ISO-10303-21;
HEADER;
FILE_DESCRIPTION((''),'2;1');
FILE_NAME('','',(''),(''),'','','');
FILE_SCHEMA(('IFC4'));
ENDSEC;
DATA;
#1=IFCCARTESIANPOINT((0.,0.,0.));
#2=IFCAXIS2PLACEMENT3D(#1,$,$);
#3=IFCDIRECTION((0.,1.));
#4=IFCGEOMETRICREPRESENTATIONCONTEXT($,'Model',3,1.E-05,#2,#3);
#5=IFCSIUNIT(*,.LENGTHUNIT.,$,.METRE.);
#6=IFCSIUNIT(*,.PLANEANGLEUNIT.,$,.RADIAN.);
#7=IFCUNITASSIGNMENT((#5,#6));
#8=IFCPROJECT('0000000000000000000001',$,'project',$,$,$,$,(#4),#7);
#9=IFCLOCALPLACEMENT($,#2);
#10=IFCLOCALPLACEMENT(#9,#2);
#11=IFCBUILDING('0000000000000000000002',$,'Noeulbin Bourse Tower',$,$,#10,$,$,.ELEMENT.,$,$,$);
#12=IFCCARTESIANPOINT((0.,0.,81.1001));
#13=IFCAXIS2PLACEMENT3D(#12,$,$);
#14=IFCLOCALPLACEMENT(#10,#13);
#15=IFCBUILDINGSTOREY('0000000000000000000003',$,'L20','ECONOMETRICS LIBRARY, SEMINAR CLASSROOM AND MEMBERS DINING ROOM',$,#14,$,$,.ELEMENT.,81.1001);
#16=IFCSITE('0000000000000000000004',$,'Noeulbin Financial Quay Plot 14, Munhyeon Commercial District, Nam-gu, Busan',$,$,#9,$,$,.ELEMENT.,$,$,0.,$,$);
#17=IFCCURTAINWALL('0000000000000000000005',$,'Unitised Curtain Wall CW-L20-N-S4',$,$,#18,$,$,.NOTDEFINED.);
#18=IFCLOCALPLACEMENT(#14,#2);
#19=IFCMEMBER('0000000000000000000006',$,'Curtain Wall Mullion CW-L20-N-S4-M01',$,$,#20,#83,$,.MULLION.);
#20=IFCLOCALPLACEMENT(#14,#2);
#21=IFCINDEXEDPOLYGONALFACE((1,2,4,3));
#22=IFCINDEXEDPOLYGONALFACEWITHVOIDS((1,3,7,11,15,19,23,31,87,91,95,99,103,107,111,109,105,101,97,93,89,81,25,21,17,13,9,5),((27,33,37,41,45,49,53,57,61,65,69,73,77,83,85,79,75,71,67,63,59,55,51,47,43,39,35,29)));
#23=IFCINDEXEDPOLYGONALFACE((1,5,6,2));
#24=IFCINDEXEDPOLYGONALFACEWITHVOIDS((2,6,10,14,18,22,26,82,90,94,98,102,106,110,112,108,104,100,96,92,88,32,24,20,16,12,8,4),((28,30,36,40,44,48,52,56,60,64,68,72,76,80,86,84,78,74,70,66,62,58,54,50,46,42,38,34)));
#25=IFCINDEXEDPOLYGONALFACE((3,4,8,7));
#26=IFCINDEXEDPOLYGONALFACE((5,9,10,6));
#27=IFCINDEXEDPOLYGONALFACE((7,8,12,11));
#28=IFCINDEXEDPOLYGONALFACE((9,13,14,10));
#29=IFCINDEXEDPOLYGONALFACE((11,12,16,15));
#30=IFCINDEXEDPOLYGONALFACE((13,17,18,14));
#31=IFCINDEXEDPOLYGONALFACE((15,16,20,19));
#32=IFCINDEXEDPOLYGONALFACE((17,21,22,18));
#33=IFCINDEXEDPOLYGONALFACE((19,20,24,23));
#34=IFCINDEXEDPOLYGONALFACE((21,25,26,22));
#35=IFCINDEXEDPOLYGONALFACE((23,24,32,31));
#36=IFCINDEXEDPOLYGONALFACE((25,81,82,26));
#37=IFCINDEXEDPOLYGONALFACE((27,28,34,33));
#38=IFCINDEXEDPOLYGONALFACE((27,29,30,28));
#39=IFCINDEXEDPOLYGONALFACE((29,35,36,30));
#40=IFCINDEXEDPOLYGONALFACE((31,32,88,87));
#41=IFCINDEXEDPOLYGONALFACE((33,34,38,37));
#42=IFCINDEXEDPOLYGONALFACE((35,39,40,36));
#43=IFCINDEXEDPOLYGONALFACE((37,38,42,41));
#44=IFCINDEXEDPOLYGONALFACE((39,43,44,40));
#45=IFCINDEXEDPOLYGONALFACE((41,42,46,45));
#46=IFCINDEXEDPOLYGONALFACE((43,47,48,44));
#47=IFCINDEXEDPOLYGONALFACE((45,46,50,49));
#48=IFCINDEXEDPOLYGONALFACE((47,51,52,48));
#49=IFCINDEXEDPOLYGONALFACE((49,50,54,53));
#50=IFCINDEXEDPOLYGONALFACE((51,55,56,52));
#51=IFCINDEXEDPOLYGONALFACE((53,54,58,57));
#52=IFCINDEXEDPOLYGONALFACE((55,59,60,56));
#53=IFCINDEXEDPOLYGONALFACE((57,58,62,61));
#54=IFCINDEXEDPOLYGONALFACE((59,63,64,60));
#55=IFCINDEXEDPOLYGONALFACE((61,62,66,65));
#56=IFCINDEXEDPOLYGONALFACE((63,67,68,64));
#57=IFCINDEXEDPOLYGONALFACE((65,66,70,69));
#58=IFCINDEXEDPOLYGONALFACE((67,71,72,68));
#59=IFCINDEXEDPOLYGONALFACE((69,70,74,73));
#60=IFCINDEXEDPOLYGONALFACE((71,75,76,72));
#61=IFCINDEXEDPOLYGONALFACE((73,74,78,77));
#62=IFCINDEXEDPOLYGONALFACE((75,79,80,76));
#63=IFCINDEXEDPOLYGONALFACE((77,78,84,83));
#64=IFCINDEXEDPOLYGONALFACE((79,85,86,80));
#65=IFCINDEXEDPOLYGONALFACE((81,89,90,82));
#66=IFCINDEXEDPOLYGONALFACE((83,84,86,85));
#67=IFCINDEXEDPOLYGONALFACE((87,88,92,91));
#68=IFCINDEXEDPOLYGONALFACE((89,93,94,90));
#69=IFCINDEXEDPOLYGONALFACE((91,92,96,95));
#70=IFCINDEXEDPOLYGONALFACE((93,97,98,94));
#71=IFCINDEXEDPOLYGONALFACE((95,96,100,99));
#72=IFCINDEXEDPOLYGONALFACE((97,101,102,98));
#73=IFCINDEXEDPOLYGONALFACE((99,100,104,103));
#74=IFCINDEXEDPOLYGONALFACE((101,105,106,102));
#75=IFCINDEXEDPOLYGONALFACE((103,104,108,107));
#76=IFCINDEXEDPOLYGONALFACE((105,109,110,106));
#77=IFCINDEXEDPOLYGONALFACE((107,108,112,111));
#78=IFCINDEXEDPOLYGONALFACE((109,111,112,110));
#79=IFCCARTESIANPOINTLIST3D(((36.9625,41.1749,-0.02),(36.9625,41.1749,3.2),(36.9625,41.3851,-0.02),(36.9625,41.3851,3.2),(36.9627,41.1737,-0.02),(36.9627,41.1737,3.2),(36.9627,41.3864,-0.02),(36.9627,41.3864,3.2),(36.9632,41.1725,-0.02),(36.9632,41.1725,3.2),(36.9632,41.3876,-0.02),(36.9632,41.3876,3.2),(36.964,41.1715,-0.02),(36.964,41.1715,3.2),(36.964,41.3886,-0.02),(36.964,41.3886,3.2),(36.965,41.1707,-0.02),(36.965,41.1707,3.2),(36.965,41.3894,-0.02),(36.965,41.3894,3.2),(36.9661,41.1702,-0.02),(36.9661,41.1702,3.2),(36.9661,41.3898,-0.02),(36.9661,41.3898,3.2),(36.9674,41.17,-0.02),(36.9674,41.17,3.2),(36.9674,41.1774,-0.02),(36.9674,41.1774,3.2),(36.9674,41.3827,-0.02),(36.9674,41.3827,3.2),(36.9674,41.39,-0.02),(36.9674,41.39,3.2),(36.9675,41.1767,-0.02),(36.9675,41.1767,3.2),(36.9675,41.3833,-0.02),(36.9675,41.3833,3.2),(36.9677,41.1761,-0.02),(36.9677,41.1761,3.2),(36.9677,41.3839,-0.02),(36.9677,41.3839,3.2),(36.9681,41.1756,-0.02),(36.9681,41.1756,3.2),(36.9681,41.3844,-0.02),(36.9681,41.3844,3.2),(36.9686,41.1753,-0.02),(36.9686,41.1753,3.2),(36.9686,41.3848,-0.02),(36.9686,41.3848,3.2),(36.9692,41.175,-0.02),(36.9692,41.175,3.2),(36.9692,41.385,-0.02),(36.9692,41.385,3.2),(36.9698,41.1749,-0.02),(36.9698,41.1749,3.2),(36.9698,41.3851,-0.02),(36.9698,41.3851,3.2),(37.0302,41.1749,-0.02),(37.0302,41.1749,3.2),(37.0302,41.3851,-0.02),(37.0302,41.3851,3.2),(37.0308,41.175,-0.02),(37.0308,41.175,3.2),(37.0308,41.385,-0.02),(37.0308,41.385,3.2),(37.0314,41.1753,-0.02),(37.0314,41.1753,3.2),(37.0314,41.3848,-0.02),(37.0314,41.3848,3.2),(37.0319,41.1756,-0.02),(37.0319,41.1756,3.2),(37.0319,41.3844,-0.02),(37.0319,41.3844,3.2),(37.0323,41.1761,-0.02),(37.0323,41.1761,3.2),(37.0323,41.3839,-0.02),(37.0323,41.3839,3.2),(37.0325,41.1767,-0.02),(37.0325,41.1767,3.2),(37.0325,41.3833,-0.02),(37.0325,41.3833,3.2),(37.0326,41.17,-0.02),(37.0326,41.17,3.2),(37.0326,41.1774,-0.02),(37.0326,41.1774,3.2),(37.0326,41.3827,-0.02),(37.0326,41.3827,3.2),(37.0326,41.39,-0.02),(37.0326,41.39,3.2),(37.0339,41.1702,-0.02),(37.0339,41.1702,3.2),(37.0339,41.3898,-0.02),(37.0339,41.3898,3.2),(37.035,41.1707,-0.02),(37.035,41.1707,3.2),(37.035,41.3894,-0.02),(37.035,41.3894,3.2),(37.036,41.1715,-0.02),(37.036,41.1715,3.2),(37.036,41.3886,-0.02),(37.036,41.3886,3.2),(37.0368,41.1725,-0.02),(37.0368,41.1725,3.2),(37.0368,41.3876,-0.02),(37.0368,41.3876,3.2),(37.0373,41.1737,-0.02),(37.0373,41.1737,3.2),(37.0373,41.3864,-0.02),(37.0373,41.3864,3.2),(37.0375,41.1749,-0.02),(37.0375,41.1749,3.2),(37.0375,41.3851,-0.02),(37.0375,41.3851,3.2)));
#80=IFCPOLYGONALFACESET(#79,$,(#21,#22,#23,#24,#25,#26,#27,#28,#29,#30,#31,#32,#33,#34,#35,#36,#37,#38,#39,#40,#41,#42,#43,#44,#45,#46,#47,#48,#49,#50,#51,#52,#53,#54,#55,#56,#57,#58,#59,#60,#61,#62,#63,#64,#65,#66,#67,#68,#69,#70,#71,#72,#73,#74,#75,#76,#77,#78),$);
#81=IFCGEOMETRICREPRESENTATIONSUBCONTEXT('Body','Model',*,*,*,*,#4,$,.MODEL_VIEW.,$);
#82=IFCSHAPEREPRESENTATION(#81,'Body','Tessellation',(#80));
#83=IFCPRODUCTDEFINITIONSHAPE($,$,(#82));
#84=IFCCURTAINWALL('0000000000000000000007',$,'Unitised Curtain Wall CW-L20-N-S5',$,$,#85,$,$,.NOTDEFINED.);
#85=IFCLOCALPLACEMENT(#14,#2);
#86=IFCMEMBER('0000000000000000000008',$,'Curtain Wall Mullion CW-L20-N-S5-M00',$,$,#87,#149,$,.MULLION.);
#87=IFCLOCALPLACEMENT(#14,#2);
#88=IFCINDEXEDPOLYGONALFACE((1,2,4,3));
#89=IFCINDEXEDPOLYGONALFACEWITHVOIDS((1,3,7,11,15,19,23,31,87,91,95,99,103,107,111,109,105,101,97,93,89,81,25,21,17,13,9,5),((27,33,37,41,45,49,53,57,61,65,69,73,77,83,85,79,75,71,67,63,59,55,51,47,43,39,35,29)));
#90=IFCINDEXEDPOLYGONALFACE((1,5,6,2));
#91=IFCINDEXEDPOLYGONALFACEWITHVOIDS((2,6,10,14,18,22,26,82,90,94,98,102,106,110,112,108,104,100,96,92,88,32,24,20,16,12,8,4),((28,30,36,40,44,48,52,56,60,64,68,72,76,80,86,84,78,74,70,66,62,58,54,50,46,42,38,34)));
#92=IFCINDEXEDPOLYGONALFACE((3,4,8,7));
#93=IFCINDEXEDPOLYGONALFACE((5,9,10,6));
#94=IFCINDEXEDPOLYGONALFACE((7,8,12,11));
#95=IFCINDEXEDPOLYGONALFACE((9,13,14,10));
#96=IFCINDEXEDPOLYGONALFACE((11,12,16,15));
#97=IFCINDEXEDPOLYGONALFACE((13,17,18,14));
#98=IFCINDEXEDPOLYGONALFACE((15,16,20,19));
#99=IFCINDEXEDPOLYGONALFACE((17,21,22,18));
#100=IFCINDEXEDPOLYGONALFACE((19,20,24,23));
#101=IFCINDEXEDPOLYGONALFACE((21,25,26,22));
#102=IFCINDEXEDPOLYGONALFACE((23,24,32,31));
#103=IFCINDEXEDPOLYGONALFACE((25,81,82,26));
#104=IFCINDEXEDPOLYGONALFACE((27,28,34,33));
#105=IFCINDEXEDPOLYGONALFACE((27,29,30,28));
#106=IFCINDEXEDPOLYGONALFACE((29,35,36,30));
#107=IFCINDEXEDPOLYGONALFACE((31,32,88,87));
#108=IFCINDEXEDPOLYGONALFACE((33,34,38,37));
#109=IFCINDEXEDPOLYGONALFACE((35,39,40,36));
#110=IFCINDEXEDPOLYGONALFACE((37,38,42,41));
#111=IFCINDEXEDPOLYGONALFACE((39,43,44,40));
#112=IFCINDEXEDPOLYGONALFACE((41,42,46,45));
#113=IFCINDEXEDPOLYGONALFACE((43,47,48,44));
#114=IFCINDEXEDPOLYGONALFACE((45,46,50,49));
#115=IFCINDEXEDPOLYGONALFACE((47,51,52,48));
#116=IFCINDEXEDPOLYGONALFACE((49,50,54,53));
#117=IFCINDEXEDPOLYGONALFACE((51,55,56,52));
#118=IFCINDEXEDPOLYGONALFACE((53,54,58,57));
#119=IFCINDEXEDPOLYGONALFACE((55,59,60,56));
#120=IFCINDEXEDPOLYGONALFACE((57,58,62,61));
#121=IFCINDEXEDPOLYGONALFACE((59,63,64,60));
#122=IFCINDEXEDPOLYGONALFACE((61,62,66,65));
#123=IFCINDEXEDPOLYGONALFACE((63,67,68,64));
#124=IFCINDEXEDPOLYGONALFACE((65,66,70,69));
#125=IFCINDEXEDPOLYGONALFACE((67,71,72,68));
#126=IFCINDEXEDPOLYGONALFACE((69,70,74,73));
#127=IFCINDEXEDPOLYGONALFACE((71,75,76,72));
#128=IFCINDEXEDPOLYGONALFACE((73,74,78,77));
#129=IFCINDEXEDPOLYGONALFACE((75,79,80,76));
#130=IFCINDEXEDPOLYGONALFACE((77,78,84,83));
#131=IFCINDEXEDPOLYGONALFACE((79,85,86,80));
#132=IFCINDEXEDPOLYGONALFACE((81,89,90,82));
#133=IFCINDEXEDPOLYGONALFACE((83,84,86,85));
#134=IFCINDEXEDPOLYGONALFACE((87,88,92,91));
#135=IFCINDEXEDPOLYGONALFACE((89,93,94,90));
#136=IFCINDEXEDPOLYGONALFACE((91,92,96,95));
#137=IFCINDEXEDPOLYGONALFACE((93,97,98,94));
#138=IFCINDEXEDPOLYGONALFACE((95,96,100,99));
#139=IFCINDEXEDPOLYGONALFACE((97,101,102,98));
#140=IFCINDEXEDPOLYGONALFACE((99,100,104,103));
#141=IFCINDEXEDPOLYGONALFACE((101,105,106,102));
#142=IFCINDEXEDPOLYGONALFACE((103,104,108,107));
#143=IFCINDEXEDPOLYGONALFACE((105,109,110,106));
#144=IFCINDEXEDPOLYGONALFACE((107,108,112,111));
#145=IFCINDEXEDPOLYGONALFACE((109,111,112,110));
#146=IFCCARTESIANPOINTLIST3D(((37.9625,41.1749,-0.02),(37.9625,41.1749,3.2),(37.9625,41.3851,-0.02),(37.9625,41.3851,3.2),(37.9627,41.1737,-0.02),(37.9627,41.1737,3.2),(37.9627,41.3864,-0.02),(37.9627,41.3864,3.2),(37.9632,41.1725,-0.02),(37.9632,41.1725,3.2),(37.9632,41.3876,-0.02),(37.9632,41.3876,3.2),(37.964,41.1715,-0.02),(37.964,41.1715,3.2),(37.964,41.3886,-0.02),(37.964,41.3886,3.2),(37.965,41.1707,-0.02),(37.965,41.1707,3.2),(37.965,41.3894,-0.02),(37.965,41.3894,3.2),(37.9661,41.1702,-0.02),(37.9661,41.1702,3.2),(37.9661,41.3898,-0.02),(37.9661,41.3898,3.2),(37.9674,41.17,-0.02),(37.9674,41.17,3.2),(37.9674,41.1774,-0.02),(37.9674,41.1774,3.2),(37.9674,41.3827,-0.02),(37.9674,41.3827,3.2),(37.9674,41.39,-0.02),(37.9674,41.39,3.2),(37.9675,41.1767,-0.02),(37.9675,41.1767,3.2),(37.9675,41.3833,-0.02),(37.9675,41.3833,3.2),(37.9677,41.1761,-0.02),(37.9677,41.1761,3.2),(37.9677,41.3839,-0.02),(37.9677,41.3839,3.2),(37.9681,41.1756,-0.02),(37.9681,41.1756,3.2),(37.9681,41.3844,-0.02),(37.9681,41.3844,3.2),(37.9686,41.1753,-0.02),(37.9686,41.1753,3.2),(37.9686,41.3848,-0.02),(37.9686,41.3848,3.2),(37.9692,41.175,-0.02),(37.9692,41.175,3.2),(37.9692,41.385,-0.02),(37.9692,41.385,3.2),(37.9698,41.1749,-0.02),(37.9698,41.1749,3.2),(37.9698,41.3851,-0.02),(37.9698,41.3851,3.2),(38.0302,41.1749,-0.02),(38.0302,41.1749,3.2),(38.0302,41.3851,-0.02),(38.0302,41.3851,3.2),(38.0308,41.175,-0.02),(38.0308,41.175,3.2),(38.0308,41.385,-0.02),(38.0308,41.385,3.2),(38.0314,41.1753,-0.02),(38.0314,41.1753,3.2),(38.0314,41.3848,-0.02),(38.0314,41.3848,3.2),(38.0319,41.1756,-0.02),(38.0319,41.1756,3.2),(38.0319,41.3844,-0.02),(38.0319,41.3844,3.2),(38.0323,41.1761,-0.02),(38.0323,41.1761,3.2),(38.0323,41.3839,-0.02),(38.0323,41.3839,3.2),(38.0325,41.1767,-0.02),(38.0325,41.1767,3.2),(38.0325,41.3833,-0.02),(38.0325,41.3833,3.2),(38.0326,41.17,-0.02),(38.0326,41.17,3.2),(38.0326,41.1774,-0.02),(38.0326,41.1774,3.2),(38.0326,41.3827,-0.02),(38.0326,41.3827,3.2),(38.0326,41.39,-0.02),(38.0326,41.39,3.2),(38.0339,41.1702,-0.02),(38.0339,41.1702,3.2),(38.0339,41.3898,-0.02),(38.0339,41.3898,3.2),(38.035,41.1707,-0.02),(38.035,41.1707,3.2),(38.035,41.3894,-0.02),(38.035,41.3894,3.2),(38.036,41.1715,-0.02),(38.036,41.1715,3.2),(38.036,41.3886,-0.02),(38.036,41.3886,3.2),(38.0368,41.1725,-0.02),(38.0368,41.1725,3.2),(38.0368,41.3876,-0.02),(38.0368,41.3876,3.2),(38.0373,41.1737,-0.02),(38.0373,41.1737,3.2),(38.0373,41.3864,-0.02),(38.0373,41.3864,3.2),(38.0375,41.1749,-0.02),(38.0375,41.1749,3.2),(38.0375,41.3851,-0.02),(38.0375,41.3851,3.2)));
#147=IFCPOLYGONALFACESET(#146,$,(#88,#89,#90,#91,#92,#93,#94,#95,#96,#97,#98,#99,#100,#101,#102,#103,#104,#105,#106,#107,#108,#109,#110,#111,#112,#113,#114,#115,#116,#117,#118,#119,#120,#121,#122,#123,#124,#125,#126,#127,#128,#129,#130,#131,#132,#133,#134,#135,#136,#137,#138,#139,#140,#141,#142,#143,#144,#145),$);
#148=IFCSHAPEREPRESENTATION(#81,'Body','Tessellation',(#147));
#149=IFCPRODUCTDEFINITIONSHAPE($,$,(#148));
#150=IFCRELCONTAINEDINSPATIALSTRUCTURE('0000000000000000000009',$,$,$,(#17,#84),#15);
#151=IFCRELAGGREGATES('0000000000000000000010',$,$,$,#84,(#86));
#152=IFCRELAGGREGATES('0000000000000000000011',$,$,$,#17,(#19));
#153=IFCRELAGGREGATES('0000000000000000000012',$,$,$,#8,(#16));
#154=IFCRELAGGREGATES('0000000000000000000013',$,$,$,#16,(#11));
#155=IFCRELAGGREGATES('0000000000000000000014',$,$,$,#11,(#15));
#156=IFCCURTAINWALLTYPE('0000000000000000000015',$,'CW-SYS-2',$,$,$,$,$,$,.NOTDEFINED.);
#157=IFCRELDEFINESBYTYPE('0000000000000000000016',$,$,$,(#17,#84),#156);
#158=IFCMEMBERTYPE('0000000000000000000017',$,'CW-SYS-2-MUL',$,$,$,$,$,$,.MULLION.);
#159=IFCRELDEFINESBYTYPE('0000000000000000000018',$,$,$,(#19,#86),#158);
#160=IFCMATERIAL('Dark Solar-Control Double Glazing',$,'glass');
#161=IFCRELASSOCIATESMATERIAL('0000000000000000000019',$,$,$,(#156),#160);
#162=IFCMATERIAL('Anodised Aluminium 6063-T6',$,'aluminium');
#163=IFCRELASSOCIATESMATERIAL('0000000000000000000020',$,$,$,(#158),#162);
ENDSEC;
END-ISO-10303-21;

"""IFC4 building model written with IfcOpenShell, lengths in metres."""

from ifc_helpers import new_model, si_unit, direction, frame, origin, origin_2d, place, context, subcontext, project, spatial, hollow_rectangle, extrude, material, material_profile, profile_set, type_object, element, aggregate, save


model = new_model("IFC4")

# Units and contexts
model_context = context("Model", 3, precision=1e-05, world=origin(), true_north=direction((0.0, 1.0)))
body_context = subcontext(model_context, "Body", "Model", "MODEL_VIEW")
ifc_project = project(units=[si_unit("LENGTHUNIT", "METRE"), si_unit("PLANEANGLEUNIT", "RADIAN")], contexts=[model_context])

# Site, building, storey
site_placement = place(None, origin())
site = spatial("IfcSite", under=ifc_project, at=site_placement, Name="Noeulbin Financial Quay Plot 14, Munhyeon Commercial District, Nam-gu, Busan", CompositionType="ELEMENT", RefElevation=0.0)
building_placement = place(site_placement, origin())
building = spatial("IfcBuilding", under=site, at=building_placement, Name="Noeulbin Bourse Tower", CompositionType="ELEMENT")
storey_placement = place(building_placement, frame((0.0, 0.0, 81.1001)))
storey = spatial("IfcBuildingStorey", under=building, at=storey_placement, Name="L20", Description="ECONOMETRICS LIBRARY, SEMINAR CLASSROOM AND MEMBERS DINING ROOM", CompositionType="ELEMENT", Elevation=81.1001)

# Shared definitions
ifc_material_1 = material(Name="Dark Solar-Control Double Glazing", Category="glass")
curtain_wall_type = type_object("IfcCurtainWallType", Name="CW-SYS-2", PredefinedType="NOTDEFINED", material=ifc_material_1)
ifc_material_2 = material(Name="Anodised Aluminium 6063-T6", Category="aluminium")
ifc_material_profile_1 = material_profile(ifc_material_2, hollow_rectangle(XDim=0.075, YDim=0.22, WallThickness=0.0049, InnerFilletRadius=0.0024, OuterFilletRadius=0.0049, at=origin_2d()), Name="ALU-MULL-75x220x5", Category="LoadBearing")
ifc_profile_set_1 = profile_set([ifc_material_profile_1], Name="Anodised Aluminium 6063-T6")
member_type_1 = type_object("IfcMemberType", Name="CW-SYS-2-MUL", PredefinedType="MULLION", material=ifc_profile_set_1)

# Curtain wall, member
curtain_wall_1_placement = place(storey_placement, origin())
curtain_wall_1 = element("IfcCurtainWall", 1, at=curtain_wall_1_placement, inside=storey, type_object=curtain_wall_type, Name="Unitised Curtain Wall CW-L20-N-S4", PredefinedType="NOTDEFINED")
member_1_placement = place(storey_placement, frame((37.0, 41.28, -0.02), z_axis=(0.0, 0.0, 1.0), x_axis=(1.0, 0.0, 0.0)))
member_1 = element("IfcMember", 2, at=member_1_placement, type_object=member_type_1, Name="Curtain Wall Mullion CW-L20-N-S4-M01", PredefinedType="MULLION", context=body_context, shape_type="SweptSolid", body=[
    extrude(hollow_rectangle(XDim=0.075, YDim=0.22, WallThickness=0.0049, InnerFilletRadius=0.0024, OuterFilletRadius=0.0049, at=origin_2d()), origin(), (0.0, 0.0, 1.0), 3.22),
])

# Curtain wall, member
curtain_wall_2_placement = place(storey_placement, origin())
curtain_wall_2 = element("IfcCurtainWall", 3, at=curtain_wall_2_placement, inside=storey, type_object=curtain_wall_type, Name="Unitised Curtain Wall CW-L20-N-S5", PredefinedType="NOTDEFINED")
member_2_placement = place(storey_placement, frame((38.0, 41.28, -0.02), z_axis=(0.0, 0.0, 1.0), x_axis=(1.0, 0.0, 0.0)))
member_2 = element("IfcMember", 4, at=member_2_placement, type_object=member_type_1, Name="Curtain Wall Mullion CW-L20-N-S5-M00", PredefinedType="MULLION", context=body_context, shape_type="SweptSolid", body=[
    extrude(hollow_rectangle(XDim=0.075, YDim=0.22, WallThickness=0.0049, InnerFilletRadius=0.0024, OuterFilletRadius=0.0049, at=origin_2d()), origin(), (0.0, 0.0, 1.0), 3.22),
])

aggregate(curtain_wall_2, [member_2])

aggregate(curtain_wall_1, [member_1])

save(model, "model.ifc")
